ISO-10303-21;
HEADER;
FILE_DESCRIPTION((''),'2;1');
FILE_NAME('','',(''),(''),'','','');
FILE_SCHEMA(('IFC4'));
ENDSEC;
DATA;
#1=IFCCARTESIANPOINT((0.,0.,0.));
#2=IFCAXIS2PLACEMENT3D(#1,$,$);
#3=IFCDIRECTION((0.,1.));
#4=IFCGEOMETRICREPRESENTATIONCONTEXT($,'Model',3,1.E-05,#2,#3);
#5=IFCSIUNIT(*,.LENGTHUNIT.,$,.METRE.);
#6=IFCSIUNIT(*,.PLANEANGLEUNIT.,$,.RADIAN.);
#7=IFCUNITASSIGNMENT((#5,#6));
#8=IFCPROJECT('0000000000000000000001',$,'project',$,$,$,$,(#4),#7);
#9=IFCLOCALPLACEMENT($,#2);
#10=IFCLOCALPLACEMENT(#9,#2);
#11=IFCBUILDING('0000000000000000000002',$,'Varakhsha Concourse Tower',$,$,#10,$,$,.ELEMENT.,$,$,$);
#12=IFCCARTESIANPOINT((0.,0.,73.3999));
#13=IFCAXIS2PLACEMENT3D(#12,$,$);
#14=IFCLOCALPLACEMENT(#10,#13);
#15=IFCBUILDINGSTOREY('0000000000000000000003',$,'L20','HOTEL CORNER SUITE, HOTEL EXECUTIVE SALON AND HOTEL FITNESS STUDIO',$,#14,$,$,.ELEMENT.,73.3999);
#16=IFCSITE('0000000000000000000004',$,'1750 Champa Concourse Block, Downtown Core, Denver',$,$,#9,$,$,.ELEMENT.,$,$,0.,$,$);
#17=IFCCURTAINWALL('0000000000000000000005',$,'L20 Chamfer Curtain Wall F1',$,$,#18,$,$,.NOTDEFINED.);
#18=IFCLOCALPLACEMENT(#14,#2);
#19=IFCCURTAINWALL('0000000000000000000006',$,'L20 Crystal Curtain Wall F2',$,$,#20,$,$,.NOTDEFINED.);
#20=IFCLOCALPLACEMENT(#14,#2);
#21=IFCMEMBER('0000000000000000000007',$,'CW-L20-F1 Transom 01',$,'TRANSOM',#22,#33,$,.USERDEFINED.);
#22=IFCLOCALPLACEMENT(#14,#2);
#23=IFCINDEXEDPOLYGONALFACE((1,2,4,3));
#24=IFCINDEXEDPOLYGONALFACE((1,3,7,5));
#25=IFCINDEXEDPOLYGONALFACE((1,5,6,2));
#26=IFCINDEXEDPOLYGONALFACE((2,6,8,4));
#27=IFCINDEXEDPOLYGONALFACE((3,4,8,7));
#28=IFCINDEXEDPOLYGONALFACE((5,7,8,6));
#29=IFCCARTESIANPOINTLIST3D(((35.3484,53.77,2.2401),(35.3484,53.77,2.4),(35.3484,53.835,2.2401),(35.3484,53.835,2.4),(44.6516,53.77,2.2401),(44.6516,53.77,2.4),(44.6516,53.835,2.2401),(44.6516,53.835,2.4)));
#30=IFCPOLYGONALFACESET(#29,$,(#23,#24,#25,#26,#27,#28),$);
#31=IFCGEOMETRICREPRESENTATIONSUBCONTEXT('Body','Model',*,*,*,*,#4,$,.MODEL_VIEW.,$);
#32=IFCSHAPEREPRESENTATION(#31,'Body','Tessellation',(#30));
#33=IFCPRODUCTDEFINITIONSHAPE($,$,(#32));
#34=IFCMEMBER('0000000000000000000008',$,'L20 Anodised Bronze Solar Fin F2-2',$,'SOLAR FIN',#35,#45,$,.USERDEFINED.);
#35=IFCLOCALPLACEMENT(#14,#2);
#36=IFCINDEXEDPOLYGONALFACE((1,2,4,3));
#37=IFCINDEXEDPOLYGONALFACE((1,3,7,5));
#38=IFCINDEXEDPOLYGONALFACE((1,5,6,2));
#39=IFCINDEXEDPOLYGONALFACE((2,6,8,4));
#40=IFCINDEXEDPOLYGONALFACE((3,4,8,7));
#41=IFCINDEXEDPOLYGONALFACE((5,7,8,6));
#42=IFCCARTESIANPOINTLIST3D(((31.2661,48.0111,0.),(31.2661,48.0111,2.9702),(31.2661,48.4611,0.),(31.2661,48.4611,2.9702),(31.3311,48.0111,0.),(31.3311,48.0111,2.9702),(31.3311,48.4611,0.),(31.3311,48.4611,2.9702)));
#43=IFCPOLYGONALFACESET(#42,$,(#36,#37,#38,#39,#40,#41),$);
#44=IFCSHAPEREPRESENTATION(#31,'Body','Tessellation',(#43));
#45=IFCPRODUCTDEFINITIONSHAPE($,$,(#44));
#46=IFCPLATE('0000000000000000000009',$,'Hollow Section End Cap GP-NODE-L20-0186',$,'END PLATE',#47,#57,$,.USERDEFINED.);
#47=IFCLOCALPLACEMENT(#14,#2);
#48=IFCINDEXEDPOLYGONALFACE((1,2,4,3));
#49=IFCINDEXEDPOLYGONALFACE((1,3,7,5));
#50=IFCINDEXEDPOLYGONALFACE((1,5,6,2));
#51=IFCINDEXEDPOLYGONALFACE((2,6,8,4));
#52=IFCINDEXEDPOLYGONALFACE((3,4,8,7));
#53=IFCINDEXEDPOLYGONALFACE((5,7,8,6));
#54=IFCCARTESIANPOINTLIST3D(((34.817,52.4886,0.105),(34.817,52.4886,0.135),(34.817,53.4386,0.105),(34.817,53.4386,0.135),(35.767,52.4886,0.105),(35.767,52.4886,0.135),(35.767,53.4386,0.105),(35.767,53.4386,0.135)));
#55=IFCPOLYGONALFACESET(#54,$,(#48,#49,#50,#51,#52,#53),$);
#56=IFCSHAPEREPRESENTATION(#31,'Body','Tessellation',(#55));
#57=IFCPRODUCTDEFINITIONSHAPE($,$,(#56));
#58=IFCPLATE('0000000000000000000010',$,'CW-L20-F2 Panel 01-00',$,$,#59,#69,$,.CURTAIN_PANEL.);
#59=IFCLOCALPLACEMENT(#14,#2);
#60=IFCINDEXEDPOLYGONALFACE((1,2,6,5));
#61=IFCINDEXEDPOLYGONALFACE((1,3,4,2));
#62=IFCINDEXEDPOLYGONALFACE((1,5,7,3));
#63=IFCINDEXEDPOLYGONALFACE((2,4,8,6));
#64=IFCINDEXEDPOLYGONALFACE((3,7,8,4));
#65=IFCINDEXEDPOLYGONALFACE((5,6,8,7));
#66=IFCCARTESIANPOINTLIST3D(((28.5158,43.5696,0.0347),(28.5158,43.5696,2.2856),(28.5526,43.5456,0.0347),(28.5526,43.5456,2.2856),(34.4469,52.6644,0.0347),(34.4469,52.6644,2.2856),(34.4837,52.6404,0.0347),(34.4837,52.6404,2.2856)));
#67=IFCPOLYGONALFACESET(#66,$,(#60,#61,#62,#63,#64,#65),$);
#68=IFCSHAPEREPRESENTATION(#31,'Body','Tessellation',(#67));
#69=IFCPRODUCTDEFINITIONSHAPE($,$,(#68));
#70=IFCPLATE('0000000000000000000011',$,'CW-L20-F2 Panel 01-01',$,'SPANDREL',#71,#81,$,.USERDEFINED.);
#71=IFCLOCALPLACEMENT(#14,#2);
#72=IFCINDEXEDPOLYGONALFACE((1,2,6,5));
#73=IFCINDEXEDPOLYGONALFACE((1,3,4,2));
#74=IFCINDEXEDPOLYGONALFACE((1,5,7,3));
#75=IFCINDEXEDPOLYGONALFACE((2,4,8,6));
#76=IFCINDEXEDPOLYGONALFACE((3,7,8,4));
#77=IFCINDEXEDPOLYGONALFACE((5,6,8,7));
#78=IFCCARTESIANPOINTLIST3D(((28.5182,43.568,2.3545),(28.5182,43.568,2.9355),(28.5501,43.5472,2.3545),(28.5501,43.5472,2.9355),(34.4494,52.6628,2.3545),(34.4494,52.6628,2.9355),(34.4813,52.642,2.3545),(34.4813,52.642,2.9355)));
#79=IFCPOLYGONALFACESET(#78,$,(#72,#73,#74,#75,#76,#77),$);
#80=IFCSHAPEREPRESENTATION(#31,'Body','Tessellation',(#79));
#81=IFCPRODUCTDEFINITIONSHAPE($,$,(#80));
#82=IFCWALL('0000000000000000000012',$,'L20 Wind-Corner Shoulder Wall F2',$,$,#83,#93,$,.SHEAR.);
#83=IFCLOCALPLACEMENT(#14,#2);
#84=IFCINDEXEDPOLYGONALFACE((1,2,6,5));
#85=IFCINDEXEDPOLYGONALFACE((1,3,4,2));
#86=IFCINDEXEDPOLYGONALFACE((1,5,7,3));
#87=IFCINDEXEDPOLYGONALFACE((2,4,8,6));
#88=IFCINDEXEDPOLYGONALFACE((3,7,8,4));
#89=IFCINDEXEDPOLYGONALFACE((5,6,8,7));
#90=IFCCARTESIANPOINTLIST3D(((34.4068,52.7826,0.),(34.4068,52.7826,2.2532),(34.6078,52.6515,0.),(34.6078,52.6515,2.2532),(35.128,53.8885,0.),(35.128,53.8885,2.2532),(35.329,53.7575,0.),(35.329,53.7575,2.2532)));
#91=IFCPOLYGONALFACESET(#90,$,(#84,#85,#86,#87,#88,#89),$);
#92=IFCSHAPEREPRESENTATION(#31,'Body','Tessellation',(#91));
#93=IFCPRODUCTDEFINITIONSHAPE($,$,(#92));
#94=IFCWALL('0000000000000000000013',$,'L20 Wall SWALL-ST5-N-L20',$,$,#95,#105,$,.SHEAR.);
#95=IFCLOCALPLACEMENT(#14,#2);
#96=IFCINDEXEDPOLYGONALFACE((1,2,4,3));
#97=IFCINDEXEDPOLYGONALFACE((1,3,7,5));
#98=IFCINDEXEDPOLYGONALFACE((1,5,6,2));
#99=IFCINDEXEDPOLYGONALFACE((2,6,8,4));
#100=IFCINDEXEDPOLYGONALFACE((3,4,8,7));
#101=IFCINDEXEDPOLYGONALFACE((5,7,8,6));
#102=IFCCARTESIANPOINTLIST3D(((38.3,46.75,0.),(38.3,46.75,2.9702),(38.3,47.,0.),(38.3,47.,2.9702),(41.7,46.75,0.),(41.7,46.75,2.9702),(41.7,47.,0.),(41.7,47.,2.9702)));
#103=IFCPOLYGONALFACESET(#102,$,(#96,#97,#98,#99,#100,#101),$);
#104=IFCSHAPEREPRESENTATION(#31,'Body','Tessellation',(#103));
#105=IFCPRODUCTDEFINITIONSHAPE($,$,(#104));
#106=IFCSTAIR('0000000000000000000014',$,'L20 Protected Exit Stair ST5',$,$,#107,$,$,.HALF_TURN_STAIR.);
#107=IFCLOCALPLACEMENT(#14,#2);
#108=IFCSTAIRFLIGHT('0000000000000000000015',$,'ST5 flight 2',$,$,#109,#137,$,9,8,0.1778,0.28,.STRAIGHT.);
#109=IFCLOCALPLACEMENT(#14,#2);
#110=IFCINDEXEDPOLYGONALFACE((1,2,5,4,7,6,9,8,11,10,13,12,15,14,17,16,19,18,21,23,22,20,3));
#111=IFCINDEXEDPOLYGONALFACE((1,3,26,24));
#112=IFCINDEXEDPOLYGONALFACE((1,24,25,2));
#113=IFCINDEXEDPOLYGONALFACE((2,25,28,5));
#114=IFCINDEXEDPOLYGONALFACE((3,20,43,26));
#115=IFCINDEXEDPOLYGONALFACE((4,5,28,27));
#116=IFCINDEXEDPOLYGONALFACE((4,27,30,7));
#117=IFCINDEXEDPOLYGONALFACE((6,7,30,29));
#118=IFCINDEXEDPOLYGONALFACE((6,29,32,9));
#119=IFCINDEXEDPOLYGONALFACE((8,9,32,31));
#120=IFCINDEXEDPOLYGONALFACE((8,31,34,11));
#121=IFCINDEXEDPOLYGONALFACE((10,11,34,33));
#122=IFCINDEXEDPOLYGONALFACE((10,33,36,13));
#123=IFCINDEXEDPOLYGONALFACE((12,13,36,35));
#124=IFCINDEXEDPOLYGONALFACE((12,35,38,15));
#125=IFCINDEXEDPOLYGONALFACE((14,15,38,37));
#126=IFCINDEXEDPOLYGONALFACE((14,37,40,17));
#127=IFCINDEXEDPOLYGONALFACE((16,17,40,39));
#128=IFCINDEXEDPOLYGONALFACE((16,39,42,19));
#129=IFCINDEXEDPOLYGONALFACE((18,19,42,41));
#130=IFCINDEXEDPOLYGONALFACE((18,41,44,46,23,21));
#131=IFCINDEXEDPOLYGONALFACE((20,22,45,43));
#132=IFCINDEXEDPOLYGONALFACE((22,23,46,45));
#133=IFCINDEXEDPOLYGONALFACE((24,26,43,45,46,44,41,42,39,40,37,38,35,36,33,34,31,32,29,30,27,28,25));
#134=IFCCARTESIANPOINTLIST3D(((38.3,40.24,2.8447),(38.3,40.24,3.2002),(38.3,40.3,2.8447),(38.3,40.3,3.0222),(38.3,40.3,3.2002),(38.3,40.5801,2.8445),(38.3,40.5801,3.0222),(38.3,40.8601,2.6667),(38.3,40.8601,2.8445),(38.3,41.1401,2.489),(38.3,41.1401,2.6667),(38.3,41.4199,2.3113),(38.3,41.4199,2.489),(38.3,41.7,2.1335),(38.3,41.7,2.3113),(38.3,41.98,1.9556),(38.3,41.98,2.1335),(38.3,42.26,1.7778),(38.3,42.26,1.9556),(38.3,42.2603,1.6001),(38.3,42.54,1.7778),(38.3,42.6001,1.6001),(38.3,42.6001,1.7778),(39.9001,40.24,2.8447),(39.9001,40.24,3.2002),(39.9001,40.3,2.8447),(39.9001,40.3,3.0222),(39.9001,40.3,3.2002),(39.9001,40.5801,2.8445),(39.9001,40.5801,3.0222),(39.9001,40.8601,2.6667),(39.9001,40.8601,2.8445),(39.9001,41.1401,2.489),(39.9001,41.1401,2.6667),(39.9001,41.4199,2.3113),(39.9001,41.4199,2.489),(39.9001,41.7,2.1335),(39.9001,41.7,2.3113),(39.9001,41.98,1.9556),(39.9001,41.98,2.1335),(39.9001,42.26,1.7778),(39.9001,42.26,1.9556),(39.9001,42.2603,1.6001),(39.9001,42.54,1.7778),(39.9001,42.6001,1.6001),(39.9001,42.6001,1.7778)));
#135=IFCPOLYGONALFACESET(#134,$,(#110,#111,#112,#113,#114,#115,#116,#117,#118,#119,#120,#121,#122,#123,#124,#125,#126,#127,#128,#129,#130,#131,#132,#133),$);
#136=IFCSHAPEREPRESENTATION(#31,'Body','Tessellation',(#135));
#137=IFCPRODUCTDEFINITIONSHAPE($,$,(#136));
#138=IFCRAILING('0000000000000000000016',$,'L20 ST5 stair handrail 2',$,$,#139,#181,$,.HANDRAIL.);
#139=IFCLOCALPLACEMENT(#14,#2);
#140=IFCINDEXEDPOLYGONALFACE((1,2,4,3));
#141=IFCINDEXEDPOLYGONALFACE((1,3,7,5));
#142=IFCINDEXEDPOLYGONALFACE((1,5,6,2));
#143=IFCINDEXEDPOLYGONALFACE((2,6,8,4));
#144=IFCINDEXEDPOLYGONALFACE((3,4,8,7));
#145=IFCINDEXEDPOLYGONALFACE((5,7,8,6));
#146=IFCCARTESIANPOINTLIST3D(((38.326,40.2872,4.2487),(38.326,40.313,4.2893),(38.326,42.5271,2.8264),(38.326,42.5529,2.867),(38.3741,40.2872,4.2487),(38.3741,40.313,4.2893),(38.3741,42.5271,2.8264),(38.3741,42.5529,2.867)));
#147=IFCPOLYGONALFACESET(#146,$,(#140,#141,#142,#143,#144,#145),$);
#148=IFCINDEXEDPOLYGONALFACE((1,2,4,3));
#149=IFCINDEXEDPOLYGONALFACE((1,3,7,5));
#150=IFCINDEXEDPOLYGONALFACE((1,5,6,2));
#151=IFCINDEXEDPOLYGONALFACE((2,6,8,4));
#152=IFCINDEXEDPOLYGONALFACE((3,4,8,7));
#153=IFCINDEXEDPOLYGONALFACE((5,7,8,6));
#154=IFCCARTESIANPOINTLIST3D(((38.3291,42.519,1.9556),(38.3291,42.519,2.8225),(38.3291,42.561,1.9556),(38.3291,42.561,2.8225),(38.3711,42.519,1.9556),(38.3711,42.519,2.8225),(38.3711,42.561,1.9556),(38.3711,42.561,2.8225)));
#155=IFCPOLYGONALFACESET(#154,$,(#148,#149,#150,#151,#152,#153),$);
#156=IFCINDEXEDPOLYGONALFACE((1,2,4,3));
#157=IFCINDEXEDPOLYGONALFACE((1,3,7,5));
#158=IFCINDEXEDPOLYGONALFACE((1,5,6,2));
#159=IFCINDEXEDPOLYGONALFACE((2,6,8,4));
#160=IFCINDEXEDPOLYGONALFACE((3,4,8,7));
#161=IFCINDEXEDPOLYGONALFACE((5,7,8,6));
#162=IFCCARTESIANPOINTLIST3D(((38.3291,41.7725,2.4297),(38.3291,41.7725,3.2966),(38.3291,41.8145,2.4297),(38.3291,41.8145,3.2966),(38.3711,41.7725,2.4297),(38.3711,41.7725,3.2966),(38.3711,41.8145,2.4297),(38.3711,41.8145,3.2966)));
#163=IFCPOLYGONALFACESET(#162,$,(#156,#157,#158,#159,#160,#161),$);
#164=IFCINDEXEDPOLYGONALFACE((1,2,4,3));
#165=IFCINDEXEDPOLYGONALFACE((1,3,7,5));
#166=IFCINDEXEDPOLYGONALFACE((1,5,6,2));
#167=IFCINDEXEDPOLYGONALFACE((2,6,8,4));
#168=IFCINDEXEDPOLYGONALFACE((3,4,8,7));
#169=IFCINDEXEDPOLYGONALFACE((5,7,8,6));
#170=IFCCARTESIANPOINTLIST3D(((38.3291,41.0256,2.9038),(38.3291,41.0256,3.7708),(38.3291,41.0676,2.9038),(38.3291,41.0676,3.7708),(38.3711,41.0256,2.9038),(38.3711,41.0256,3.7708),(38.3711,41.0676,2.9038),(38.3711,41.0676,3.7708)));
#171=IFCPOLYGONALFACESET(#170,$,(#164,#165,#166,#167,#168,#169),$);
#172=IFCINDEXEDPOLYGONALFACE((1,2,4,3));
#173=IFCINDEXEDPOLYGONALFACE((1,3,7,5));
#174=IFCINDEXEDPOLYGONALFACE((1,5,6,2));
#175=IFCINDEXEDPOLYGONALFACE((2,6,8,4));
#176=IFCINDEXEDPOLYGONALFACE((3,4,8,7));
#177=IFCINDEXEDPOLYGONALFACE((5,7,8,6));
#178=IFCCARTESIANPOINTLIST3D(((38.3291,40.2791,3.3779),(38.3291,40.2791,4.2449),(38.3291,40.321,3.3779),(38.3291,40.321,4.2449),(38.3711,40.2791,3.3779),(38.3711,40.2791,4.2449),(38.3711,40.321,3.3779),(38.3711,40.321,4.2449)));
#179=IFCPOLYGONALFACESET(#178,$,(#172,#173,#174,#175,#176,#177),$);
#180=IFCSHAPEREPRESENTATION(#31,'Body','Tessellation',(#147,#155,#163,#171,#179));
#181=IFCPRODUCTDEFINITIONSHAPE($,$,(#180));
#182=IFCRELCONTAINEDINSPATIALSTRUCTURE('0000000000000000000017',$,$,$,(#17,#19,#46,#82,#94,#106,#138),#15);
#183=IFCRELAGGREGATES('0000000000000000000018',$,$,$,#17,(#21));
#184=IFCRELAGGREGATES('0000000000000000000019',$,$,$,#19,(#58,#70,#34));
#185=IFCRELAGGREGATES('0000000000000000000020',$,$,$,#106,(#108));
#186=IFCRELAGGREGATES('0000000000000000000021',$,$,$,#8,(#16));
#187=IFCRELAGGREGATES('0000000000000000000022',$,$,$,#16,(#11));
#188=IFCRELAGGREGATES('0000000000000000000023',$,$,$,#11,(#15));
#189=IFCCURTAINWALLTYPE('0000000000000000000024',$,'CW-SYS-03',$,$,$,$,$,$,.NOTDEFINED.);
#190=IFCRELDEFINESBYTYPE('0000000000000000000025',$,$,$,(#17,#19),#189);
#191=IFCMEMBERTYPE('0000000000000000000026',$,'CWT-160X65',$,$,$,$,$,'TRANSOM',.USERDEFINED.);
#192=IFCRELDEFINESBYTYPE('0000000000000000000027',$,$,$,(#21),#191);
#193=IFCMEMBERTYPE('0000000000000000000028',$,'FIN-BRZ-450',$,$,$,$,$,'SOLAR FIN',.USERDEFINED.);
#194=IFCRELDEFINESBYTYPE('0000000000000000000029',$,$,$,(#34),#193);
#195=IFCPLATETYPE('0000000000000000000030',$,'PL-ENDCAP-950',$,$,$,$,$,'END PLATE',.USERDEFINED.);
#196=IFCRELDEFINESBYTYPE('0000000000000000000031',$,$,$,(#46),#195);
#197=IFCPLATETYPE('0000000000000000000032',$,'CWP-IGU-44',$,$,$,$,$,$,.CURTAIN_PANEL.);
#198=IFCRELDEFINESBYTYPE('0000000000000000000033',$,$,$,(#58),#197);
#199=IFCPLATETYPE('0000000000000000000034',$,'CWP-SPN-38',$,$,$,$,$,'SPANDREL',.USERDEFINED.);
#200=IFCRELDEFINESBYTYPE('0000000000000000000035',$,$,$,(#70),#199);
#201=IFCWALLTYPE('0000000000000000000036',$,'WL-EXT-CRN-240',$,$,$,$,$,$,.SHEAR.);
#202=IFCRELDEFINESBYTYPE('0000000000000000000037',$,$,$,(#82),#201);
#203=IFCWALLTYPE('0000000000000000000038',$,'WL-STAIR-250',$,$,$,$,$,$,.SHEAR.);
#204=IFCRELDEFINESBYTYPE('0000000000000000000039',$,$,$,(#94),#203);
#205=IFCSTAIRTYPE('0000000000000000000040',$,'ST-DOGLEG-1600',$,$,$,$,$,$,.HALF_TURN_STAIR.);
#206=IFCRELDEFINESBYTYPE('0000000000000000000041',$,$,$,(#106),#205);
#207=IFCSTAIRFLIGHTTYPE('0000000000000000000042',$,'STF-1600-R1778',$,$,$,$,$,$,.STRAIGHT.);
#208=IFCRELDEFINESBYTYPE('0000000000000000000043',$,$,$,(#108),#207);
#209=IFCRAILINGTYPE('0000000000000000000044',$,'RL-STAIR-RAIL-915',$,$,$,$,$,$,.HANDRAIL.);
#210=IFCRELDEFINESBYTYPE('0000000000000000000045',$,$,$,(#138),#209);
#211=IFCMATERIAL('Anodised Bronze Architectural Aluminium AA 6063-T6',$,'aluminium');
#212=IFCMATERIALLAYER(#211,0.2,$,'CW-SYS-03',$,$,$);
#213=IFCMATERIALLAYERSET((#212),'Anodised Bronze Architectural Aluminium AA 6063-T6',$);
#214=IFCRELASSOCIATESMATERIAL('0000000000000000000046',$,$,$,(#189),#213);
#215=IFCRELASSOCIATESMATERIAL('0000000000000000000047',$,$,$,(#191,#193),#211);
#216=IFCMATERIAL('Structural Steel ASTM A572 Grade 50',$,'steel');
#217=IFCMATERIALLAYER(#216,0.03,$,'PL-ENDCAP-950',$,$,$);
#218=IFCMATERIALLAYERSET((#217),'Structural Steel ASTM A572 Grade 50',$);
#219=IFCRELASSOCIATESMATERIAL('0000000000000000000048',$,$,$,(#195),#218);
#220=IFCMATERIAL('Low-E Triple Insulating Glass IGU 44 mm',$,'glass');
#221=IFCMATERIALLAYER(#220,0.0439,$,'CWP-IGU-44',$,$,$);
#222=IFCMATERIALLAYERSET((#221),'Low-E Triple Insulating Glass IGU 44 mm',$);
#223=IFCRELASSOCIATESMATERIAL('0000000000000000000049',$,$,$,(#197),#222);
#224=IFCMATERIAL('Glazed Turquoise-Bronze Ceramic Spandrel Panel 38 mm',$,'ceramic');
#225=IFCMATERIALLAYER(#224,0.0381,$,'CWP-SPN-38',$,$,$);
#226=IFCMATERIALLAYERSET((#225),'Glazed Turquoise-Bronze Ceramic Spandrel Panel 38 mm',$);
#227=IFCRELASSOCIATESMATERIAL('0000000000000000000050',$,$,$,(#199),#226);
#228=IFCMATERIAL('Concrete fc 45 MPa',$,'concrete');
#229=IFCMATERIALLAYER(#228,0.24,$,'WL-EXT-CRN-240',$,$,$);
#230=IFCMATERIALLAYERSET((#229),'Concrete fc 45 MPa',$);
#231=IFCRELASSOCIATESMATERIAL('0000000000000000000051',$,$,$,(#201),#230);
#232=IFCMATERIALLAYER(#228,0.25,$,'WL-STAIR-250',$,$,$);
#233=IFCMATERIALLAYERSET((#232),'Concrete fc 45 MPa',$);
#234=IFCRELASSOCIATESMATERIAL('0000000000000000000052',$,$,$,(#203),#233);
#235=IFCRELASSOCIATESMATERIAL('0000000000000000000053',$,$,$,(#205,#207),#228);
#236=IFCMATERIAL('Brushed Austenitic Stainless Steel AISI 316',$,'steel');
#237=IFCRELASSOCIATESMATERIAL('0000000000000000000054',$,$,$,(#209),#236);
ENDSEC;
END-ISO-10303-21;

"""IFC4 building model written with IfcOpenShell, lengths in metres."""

from ifc_helpers import new_model, si_unit, direction, frame, frame_2d, origin, origin_2d, place, context, subcontext, project, spatial, polyline, rectangle, outline, extrude, source, transform, mapped, material, layer, layer_set, material_profile, profile_set, type_object, type_shapes, element, aggregate, save


model = new_model("IFC4")

# Units and contexts
model_context = context("Model", 3, precision=1e-05, world=origin(), true_north=direction((0.0, 1.0)))
body_context = subcontext(model_context, "Body", "Model", "MODEL_VIEW")
ifc_project = project(units=[si_unit("LENGTHUNIT", "METRE"), si_unit("PLANEANGLEUNIT", "RADIAN")], contexts=[model_context])

# Site, building, storey
site_placement = place(None, origin())
site = spatial("IfcSite", under=ifc_project, at=site_placement, Name="1750 Champa Concourse Block, Downtown Core, Denver", CompositionType="ELEMENT", RefElevation=0.0)
building_placement = place(site_placement, origin())
building = spatial("IfcBuilding", under=site, at=building_placement, Name="Varakhsha Concourse Tower", CompositionType="ELEMENT")
storey_placement = place(building_placement, frame((0.0, 0.0, 73.3999)))
storey = spatial("IfcBuildingStorey", under=building, at=storey_placement, Name="L20", Description="HOTEL CORNER SUITE, HOTEL EXECUTIVE SALON AND HOTEL FITNESS STUDIO", CompositionType="ELEMENT", Elevation=73.3999)

# Shared definitions
ifc_material_1 = material(Name="Structural Steel ASTM A572 Grade 50", Category="steel")

# Curtain wall
ifc_material_2 = material(Name="Anodised Bronze Architectural Aluminium AA 6063-T6", Category="aluminium")
ifc_layer_1 = layer(ifc_material_2, 0.2, Name="CW-SYS-03")
ifc_layer_set_1 = layer_set([ifc_layer_1], Name="Anodised Bronze Architectural Aluminium AA 6063-T6")
curtain_wall_type = type_object("IfcCurtainWallType", Name="CW-SYS-03", PredefinedType="NOTDEFINED", material=ifc_layer_set_1)
curtain_wall_1_placement = place(storey_placement, origin())
curtain_wall_1 = element("IfcCurtainWall", 1, at=curtain_wall_1_placement, inside=storey, type_object=curtain_wall_type, Name="L20 Chamfer Curtain Wall F1", PredefinedType="NOTDEFINED")

# Curtain wall
curtain_wall_2_placement = place(storey_placement, origin())
curtain_wall_2 = element("IfcCurtainWall", 2, at=curtain_wall_2_placement, inside=storey, type_object=curtain_wall_type, Name="L20 Crystal Curtain Wall F2", PredefinedType="NOTDEFINED")

# Members
ifc_material_profile_1 = material_profile(ifc_material_2, rectangle(XDim=0.0649, YDim=0.1599, at=origin_2d()), Name="CWT-160X65")
ifc_profile_set_1 = profile_set([ifc_material_profile_1], Name="Anodised Bronze Architectural Aluminium AA 6063-T6")
member_type_1 = type_object("IfcMemberType", Name="CWT-160X65", ElementType="TRANSOM", PredefinedType="USERDEFINED", material=ifc_profile_set_1)
shared_shape_1 = source(origin(), body_context, "Body", "SweptSolid", [
    extrude(rectangle(XDim=0.0649, YDim=0.1599, at=origin_2d()), origin(), (0.0, 0.0, 1.0), 9.3032),
])
type_shapes(member_type_1, [shared_shape_1])
member_1_placement = place(storey_placement, frame((35.3484, 53.8025, 2.3201), z_axis=(1.0, 0.0, 0.0), x_axis=(0.0, 1.0, 0.0)))
member_1 = element("IfcMember", 3, at=member_1_placement, type_object=member_type_1, Name="CW-L20-F1 Transom 01", ObjectType="TRANSOM", PredefinedType="USERDEFINED", context=body_context, shape_type="MappedRepresentation", body=[
    mapped(shared_shape_1, transform((0.0, 0.0, 0.0), scale=1.0)),
])
aggregate(curtain_wall_1, [member_1])
ifc_material_profile_2 = material_profile(ifc_material_2, rectangle(XDim=0.0649, YDim=0.45, at=origin_2d()), Name="FIN-BRZ-450")
ifc_profile_set_2 = profile_set([ifc_material_profile_2], Name="Anodised Bronze Architectural Aluminium AA 6063-T6")
member_type_2 = type_object("IfcMemberType", Name="FIN-BRZ-450", ElementType="SOLAR FIN", PredefinedType="USERDEFINED", material=ifc_profile_set_2)
shared_shape_2 = source(origin(), body_context, "Body", "SweptSolid", [
    extrude(rectangle(XDim=0.0649, YDim=0.45, at=origin_2d()), origin(), (0.0, 0.0, 1.0), 2.9702),
])
type_shapes(member_type_2, [shared_shape_2])
member_2_placement = place(storey_placement, frame((31.2986, 48.2361, 0.0), z_axis=(0.0, 0.0, 1.0), x_axis=(1.0, 0.0, 0.0)))
member_2 = element("IfcMember", 4, at=member_2_placement, type_object=member_type_2, Name="L20 Anodised Bronze Solar Fin F2-2", ObjectType="SOLAR FIN", PredefinedType="USERDEFINED", context=body_context, shape_type="MappedRepresentation", body=[
    mapped(shared_shape_2, transform((0.0, 0.0, 0.0), scale=1.0)),
])

# Plates
ifc_layer_2 = layer(ifc_material_1, 0.03, Name="PL-ENDCAP-950")
ifc_layer_set_2 = layer_set([ifc_layer_2], Name="Structural Steel ASTM A572 Grade 50")
plate_type_1 = type_object("IfcPlateType", Name="PL-ENDCAP-950", ElementType="END PLATE", PredefinedType="USERDEFINED", material=ifc_layer_set_2)
shared_shape_3 = source(origin(), body_context, "Body", "SweptSolid", [
    extrude(rectangle(XDim=0.95, YDim=0.95, at=origin_2d()), origin(), (0.0, 0.0, 1.0), 0.03),
])
type_shapes(plate_type_1, [shared_shape_3])
plate_1_placement = place(storey_placement, frame((35.292, 52.9636, 0.105), z_axis=(0.0, 0.0, 1.0), x_axis=(1.0, 0.0, 0.0)))
element("IfcPlate", 5, at=plate_1_placement, inside=storey, type_object=plate_type_1, Name="Hollow Section End Cap GP-NODE-L20-0186", ObjectType="END PLATE", PredefinedType="USERDEFINED", context=body_context, shape_type="MappedRepresentation", body=[
    mapped(shared_shape_3, transform((0.0, 0.0, 0.0), scale=1.0)),
])
ifc_material_3 = material(Name="Low-E Triple Insulating Glass IGU 44 mm", Category="glass")
ifc_layer_3 = layer(ifc_material_3, 0.0439, Name="CWP-IGU-44")
ifc_layer_set_3 = layer_set([ifc_layer_3], Name="Low-E Triple Insulating Glass IGU 44 mm")
plate_type_2 = type_object("IfcPlateType", Name="CWP-IGU-44", PredefinedType="CURTAIN_PANEL", material=ifc_layer_set_3)
shared_shape_4 = source(origin(), body_context, "Body", "SweptSolid", [
    extrude(rectangle(XDim=10.8579, YDim=0.0439, at=origin_2d()), origin(), (0.0, 0.0, 1.0), 2.251),
])
type_shapes(plate_type_2, [shared_shape_4])
plate_2_placement = place(storey_placement, frame((31.4998, 48.105, 0.0347), z_axis=(0.0, 0.0, 1.0), x_axis=(0.54625, 0.837622, 0.0)))
plate_2 = element("IfcPlate", 6, at=plate_2_placement, type_object=plate_type_2, Name="CW-L20-F2 Panel 01-00", PredefinedType="CURTAIN_PANEL", context=body_context, shape_type="MappedRepresentation", body=[
    mapped(shared_shape_4, transform((0.0, 0.0, 0.0), scale=1.0)),
])
ifc_material_4 = material(Name="Glazed Turquoise-Bronze Ceramic Spandrel Panel 38 mm", Category="ceramic")
ifc_layer_4 = layer(ifc_material_4, 0.0381, Name="CWP-SPN-38")
ifc_layer_set_4 = layer_set([ifc_layer_4], Name="Glazed Turquoise-Bronze Ceramic Spandrel Panel 38 mm")
plate_type_3 = type_object("IfcPlateType", Name="CWP-SPN-38", ElementType="SPANDREL", PredefinedType="USERDEFINED", material=ifc_layer_set_4)
shared_shape_5 = source(origin(), body_context, "Body", "SweptSolid", [
    extrude(rectangle(XDim=10.8579, YDim=0.0381, at=origin_2d()), origin(), (0.0, 0.0, 1.0), 0.5811),
])
type_shapes(plate_type_3, [shared_shape_5])
plate_3_placement = place(storey_placement, frame((31.4998, 48.105, 2.3545), z_axis=(0.0, 0.0, 1.0), x_axis=(0.54625, 0.837622, 0.0)))
plate_3 = element("IfcPlate", 7, at=plate_3_placement, type_object=plate_type_3, Name="CW-L20-F2 Panel 01-01", ObjectType="SPANDREL", PredefinedType="USERDEFINED", context=body_context, shape_type="MappedRepresentation", body=[
    mapped(shared_shape_5, transform((0.0, 0.0, 0.0), scale=1.0)),
])
aggregate(curtain_wall_2, [plate_2, plate_3, member_2])

# Walls
ifc_material_5 = material(Name="Concrete fc 45 MPa", Category="concrete")
ifc_layer_5 = layer(ifc_material_5, 0.24, Name="WL-EXT-CRN-240")
ifc_layer_set_5 = layer_set([ifc_layer_5], Name="Concrete fc 45 MPa")
wall_type_1 = type_object("IfcWallType", Name="WL-EXT-CRN-240", PredefinedType="SHEAR", material=ifc_layer_set_5)
wall_1_placement = place(storey_placement, frame((35.2285, 53.823, 0.0), z_axis=(0.0, 0.0, 1.0), x_axis=(-0.546223, -0.83764, 0.0)))
element("IfcWall", 8, at=wall_1_placement, inside=storey, type_object=wall_type_1, Name="L20 Wind-Corner Shoulder Wall F2", PredefinedType="SHEAR", context=body_context, shape_type="SweptSolid", body=[
    extrude(rectangle(XDim=1.3203, YDim=0.24, at=frame_2d((0.6602, 0.0))), origin(), (0.0, 0.0, 1.0), 2.2532),
])
ifc_layer_6 = layer(ifc_material_5, 0.25, Name="WL-STAIR-250")
ifc_layer_set_6 = layer_set([ifc_layer_6], Name="Concrete fc 45 MPa")
wall_type_2 = type_object("IfcWallType", Name="WL-STAIR-250", PredefinedType="SHEAR", material=ifc_layer_set_6)
wall_2_placement = place(storey_placement, frame((38.3, 46.875, 0.0), z_axis=(0.0, 0.0, 1.0), x_axis=(1.0, 0.0, 0.0)))
element("IfcWall", 9, at=wall_2_placement, inside=storey, type_object=wall_type_2, Name="L20 Wall SWALL-ST5-N-L20", PredefinedType="SHEAR", context=body_context, shape_type="SweptSolid", body=[
    extrude(rectangle(XDim=3.3999, YDim=0.25, at=frame_2d((1.7, 0.0))), origin(), (0.0, 0.0, 1.0), 2.9702),
])

# Stair, stair flight
stair_type = type_object("IfcStairType", Name="ST-DOGLEG-1600", PredefinedType="HALF_TURN_STAIR", material=ifc_material_5)
stair_placement = place(storey_placement, origin())
stair = element("IfcStair", 10, at=stair_placement, inside=storey, type_object=stair_type, Name="L20 Protected Exit Stair ST5", PredefinedType="HALF_TURN_STAIR")
stair_flight_type = type_object("IfcStairFlightType", Name="STF-1600-R1778", PredefinedType="STRAIGHT", material=ifc_material_5)
stair_flight_placement = place(storey_placement, frame((39.1001, 42.54, 1.6001), z_axis=(0.0, 0.0, 1.0), x_axis=(0.0, -1.0, 0.0)))
stair_flight = element("IfcStairFlight", 11, at=stair_flight_placement, type_object=stair_flight_type, Name="ST5 flight 2", NumberOfRisers=9, NumberOfTreads=8, PredefinedType="STRAIGHT", RiserHeight=0.1778, TreadLength=0.28, context=body_context, shape_type="SweptSolid", body=[
    extrude(outline(polyline([(-0.0601, 0.0), (-0.0601, 0.1777), (0.0, 0.1777), (0.28, 0.1777), (0.28, 0.3555), (0.5601, 0.3555), (0.5601, 0.5334), (0.8401, 0.5334), (0.8401, 0.7112), (1.1201, 0.7112), (1.1201, 0.8889), (1.3999, 0.8889), (1.3999, 1.0667), (1.6799, 1.0667), (1.6799, 1.2444), (1.96, 1.2444), (1.96, 1.4221), (2.24, 1.4221), (2.24, 1.6001), (2.3, 1.6001), (2.3, 1.2446), (2.24, 1.2446), (0.2798, 0.0), (-0.0601, 0.0)])), frame((0.0, 0.8, 0.0), z_axis=(0.0, -1.0, 0.0), x_axis=(1.0, 0.0, 0.0)), (0.0, 0.0, 1.0), 1.6001),
])
aggregate(stair, [stair_flight])

# Railing
ifc_material_6 = material(Name="Brushed Austenitic Stainless Steel AISI 316", Category="steel")
railing_type = type_object("IfcRailingType", Name="RL-STAIR-RAIL-915", PredefinedType="HANDRAIL", material=ifc_material_6)
railing_placement = place(storey_placement, frame((38.3501, 42.54, 1.9556)))
element("IfcRailing", 12, at=railing_placement, inside=storey, type_object=railing_type, Name="L20 ST5 stair handrail 2", PredefinedType="HANDRAIL", context=body_context, shape_type="SweptSolid", body=[
    extrude(rectangle(XDim=0.0481, YDim=0.0481, at=origin_2d()), frame((0.0, 0.0, 0.8911), z_axis=(0.0, -0.844188, 0.536048), x_axis=(1.0, 0.0, 0.0)), (0.0, 0.0, 1.0), 2.6533),
    extrude(rectangle(XDim=0.042, YDim=0.042, at=origin_2d()), origin(), (0.0, 0.0, 1.0), 0.8669),
    extrude(rectangle(XDim=0.042, YDim=0.042, at=origin_2d()), frame((0.0, -0.7466, 0.4741)), (0.0, 0.0, 1.0), 0.8669),
    extrude(rectangle(XDim=0.042, YDim=0.042, at=origin_2d()), frame((0.0, -1.4934, 0.9482)), (0.0, 0.0, 1.0), 0.8669),
    extrude(rectangle(XDim=0.042, YDim=0.042, at=origin_2d()), frame((0.0, -2.24, 1.4224)), (0.0, 0.0, 1.0), 0.8669),
])

save(model, "model.ifc")
